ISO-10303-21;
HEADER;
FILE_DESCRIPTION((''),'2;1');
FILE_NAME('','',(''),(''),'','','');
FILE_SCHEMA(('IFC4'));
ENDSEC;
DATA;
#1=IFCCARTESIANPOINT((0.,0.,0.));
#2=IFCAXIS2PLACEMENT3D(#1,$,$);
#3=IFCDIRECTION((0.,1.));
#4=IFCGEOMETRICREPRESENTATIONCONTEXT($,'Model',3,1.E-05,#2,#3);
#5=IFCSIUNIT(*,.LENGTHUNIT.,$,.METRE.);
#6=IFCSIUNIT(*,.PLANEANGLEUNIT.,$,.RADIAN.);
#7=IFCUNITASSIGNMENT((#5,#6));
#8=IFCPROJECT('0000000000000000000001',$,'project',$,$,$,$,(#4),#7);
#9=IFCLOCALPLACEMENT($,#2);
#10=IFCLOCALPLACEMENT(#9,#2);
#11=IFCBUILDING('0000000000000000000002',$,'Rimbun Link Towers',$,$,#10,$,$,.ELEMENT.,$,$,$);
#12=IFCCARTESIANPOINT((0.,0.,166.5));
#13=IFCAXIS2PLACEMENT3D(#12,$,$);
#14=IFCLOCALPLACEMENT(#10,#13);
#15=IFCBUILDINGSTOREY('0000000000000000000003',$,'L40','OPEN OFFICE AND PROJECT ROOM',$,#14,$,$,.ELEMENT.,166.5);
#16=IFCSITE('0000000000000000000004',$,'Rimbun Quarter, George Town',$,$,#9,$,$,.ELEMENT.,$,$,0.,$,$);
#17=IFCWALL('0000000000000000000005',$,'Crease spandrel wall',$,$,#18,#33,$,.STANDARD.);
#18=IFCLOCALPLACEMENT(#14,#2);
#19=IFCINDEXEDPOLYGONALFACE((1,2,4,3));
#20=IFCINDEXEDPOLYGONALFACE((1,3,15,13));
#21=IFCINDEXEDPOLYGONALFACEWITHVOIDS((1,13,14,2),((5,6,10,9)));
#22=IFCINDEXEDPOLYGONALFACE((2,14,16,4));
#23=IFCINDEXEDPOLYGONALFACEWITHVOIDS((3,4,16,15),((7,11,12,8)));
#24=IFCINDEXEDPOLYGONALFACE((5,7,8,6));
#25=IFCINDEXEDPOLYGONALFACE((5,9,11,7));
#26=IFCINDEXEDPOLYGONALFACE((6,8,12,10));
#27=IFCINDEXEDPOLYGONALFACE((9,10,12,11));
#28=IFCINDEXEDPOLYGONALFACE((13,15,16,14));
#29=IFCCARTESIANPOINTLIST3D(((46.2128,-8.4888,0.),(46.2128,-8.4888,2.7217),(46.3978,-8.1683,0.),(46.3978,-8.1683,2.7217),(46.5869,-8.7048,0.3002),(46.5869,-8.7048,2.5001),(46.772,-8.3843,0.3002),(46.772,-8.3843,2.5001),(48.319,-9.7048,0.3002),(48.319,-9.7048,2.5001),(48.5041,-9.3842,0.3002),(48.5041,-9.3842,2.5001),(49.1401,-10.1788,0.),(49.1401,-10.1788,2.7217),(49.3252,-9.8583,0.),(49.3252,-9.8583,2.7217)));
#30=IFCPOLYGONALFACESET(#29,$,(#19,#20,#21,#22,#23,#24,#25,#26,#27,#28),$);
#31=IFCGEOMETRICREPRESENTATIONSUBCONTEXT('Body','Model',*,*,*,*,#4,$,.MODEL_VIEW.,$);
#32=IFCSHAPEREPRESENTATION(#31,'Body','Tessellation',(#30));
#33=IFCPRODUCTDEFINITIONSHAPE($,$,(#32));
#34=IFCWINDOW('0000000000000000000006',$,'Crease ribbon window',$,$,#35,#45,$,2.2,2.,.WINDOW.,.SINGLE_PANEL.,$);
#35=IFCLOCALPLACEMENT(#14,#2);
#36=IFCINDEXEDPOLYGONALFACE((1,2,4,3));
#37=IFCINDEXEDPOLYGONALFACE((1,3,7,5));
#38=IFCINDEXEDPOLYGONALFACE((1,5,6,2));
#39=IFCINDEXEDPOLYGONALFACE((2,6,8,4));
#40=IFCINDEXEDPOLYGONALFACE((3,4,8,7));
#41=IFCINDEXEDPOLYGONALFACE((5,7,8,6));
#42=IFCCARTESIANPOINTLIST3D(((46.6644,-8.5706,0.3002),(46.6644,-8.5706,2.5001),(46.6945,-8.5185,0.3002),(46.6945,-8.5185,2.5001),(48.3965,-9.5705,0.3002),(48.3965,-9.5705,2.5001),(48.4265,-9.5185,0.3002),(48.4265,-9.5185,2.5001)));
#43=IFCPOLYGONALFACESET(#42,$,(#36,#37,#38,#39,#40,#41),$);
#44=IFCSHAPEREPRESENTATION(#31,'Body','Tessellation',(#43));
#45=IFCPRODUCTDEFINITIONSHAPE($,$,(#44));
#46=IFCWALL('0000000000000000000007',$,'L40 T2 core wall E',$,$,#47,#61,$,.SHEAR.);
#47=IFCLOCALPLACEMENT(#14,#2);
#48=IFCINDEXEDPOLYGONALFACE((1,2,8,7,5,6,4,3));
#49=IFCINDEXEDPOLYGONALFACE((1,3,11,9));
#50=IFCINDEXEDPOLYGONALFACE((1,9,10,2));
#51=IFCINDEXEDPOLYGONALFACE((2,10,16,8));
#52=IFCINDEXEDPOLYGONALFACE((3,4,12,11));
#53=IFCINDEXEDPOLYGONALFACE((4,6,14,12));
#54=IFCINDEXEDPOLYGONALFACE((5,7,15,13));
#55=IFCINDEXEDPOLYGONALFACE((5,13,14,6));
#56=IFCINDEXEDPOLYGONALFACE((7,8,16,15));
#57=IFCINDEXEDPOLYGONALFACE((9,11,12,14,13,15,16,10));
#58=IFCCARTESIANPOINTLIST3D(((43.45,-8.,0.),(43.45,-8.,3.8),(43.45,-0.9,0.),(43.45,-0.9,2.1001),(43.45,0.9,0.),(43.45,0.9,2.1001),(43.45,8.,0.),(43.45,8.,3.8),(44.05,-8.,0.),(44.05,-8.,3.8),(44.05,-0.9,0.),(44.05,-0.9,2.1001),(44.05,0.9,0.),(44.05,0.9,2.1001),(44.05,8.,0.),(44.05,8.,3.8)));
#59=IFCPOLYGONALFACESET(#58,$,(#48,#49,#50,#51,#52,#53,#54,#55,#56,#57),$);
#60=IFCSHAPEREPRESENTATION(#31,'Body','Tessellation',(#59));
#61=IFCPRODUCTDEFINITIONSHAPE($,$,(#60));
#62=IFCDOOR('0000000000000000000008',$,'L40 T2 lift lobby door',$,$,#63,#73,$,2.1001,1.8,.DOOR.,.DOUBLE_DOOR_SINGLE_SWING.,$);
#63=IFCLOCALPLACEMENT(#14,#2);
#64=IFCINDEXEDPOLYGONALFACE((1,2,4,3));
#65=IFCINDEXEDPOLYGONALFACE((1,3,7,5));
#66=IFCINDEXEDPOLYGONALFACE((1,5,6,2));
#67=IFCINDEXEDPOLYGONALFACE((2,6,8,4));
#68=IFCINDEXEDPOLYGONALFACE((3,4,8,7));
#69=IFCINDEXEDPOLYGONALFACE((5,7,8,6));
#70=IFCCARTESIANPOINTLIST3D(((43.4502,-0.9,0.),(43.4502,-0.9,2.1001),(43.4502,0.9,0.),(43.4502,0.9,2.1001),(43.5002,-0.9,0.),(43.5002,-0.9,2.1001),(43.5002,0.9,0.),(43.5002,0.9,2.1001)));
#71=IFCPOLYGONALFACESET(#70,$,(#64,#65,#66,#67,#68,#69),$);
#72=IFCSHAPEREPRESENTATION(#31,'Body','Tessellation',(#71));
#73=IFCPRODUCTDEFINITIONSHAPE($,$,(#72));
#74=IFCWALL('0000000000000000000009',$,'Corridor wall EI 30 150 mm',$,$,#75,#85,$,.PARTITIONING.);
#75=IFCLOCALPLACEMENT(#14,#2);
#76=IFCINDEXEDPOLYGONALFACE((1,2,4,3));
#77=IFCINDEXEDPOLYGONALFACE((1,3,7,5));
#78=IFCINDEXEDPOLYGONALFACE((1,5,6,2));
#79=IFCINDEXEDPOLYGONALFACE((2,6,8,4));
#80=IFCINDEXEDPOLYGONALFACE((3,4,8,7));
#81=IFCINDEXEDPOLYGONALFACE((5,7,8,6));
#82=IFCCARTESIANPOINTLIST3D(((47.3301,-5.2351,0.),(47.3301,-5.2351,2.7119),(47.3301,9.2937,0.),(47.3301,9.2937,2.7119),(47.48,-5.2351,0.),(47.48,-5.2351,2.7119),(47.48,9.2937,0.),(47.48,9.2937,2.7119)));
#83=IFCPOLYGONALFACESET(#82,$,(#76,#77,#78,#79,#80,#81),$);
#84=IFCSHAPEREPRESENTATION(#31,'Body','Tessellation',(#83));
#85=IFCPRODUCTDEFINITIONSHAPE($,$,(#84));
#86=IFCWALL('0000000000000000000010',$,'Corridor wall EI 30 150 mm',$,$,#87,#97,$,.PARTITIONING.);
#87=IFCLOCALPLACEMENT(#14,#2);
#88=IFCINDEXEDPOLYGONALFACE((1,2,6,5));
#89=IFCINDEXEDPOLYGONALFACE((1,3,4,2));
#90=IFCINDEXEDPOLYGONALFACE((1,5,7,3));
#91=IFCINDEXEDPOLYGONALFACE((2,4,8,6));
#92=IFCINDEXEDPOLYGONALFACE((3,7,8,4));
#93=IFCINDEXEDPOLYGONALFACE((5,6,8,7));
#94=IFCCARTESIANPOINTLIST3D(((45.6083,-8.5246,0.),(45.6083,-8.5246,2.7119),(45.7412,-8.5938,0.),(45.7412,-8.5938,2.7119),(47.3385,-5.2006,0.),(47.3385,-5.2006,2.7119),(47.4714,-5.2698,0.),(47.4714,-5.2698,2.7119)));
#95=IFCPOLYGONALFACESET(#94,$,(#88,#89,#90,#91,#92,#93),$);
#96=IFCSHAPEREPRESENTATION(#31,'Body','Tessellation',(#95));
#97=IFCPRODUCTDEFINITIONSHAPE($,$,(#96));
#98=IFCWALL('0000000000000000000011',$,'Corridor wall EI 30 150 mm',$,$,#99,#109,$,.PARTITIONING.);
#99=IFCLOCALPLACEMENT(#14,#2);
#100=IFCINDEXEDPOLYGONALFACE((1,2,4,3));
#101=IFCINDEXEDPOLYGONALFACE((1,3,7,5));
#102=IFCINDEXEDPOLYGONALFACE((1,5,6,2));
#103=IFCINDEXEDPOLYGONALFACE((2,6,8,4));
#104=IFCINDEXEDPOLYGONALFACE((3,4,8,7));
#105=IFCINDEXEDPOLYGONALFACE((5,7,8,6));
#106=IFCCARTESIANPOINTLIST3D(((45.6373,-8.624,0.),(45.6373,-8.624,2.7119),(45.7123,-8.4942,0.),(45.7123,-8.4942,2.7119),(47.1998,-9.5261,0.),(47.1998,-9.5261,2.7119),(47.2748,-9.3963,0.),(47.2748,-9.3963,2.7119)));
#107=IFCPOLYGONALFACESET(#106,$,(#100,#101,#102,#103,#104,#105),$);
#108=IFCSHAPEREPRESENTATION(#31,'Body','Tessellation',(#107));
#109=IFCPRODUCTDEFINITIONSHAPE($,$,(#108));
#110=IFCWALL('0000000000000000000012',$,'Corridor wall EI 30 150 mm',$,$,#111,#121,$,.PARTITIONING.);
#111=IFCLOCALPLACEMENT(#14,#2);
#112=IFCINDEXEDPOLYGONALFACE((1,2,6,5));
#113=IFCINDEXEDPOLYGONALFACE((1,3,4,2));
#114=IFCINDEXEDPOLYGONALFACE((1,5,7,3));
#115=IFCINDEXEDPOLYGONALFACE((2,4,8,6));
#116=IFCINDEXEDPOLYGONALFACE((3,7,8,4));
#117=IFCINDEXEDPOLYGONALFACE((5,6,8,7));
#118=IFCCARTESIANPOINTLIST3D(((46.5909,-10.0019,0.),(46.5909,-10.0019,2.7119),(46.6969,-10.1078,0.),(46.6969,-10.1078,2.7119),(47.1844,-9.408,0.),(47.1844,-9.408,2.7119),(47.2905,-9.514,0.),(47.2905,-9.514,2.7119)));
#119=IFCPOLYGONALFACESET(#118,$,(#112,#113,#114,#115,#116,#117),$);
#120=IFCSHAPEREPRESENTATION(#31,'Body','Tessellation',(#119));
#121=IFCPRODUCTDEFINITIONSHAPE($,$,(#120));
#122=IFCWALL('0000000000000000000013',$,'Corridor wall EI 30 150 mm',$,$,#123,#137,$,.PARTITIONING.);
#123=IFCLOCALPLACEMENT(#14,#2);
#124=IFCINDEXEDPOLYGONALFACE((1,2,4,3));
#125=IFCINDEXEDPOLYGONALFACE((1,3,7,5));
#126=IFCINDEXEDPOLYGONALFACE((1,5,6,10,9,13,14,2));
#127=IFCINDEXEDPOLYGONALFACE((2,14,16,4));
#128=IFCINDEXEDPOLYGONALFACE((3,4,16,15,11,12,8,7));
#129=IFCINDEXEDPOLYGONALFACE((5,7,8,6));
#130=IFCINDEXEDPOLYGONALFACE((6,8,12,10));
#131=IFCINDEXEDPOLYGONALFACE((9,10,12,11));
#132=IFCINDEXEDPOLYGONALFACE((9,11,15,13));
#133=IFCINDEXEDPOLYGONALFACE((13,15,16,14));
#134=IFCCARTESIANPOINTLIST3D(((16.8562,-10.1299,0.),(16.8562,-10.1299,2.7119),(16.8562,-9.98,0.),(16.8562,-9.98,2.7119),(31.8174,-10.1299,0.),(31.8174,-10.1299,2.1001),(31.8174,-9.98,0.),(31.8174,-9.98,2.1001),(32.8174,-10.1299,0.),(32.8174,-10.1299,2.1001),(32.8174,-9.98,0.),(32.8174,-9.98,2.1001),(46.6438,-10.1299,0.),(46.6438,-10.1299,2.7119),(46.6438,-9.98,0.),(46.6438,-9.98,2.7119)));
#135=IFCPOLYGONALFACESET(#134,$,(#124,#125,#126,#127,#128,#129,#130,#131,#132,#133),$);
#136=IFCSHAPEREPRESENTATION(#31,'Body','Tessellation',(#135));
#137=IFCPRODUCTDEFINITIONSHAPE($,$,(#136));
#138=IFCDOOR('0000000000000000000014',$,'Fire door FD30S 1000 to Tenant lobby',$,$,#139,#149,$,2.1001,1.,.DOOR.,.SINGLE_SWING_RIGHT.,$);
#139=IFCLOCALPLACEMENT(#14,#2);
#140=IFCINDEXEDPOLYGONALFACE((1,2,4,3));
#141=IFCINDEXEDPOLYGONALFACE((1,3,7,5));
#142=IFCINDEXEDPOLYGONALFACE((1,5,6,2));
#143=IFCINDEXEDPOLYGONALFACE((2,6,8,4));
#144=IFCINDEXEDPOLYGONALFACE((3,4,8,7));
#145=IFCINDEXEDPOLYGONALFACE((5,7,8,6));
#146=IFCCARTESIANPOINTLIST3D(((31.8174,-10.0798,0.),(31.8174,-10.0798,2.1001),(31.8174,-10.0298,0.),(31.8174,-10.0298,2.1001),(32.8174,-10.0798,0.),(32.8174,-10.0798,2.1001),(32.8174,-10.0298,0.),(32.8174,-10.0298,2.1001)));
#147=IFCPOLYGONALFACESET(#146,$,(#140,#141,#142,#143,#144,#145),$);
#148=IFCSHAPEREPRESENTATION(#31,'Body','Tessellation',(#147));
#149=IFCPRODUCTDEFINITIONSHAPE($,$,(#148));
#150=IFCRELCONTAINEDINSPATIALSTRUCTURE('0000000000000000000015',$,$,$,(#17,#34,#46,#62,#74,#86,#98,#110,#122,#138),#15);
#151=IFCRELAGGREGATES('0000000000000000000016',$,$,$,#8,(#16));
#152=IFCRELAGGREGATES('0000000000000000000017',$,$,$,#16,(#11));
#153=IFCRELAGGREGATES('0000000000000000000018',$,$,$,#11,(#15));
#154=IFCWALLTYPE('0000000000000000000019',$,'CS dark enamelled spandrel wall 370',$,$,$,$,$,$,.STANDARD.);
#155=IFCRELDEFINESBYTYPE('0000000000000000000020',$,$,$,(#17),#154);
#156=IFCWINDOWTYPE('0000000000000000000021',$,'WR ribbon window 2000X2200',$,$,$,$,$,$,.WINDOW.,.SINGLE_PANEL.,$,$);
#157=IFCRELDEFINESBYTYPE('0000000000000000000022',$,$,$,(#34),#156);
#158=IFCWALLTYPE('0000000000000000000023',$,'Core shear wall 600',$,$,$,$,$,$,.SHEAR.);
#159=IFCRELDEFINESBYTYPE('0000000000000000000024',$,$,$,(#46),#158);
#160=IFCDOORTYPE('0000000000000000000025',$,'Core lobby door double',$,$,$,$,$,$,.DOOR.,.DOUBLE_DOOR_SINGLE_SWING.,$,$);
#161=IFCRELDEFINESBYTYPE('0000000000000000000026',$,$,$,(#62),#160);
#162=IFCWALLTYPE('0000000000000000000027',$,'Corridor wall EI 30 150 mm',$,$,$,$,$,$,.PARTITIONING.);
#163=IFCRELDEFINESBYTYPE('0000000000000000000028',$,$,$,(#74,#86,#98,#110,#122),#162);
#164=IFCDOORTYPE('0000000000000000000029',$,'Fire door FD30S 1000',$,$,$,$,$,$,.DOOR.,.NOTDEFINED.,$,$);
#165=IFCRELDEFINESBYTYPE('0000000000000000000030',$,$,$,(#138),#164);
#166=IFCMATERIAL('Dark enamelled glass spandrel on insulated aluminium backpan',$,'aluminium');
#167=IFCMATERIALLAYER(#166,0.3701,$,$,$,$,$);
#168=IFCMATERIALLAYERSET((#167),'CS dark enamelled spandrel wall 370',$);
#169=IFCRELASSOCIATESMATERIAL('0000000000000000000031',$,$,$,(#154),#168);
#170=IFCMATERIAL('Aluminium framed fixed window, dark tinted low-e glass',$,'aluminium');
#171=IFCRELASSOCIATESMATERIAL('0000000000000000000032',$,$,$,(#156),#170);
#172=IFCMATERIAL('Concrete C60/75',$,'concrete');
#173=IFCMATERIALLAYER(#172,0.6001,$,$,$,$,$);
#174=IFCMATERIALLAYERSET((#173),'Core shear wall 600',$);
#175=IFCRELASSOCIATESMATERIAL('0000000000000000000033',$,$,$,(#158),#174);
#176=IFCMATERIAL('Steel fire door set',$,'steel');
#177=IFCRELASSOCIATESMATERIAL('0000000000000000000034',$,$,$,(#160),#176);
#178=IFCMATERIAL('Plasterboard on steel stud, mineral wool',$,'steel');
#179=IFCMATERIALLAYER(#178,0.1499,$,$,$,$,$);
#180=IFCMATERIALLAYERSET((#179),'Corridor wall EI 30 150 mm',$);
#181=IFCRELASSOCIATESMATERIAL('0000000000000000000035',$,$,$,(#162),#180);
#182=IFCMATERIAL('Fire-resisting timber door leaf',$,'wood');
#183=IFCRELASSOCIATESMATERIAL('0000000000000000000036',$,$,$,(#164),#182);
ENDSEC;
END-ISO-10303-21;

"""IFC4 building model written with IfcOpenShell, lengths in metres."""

from ifc_helpers import new_model, si_unit, direction, frame, frame_2d, origin, place, context, subcontext, project, spatial, rectangle, extrude, material, layer, layer_set, type_object, element, fill, save


model = new_model("IFC4")

# Units and contexts
model_context = context("Model", 3, precision=1e-05, world=origin(), true_north=direction((0.0, 1.0)))
body_context = subcontext(model_context, "Body", "Model", "MODEL_VIEW")
ifc_project = project(units=[si_unit("LENGTHUNIT", "METRE"), si_unit("PLANEANGLEUNIT", "RADIAN")], contexts=[model_context])

# Site, building, storey
site_placement = place(None, origin())
site = spatial("IfcSite", under=ifc_project, at=site_placement, Name="Rimbun Quarter, George Town", CompositionType="ELEMENT", RefElevation=0.0)
building_placement = place(site_placement, origin())
building = spatial("IfcBuilding", under=site, at=building_placement, Name="Rimbun Link Towers", CompositionType="ELEMENT")
storey_placement = place(building_placement, frame((0.0, 0.0, 166.5)))
storey = spatial("IfcBuildingStorey", under=building, at=storey_placement, Name="L40", Description="OPEN OFFICE AND PROJECT ROOM", CompositionType="ELEMENT", Elevation=166.5)

# Wall, opening, window
ifc_material_1 = material(Name="Dark enamelled glass spandrel on insulated aluminium backpan", Category="aluminium")
ifc_layer_1 = layer(ifc_material_1, 0.3701)
ifc_layer_set_1 = layer_set([ifc_layer_1], Name="CS dark enamelled spandrel wall 370")
wall_type_1 = type_object("IfcWallType", Name="CS dark enamelled spandrel wall 370", PredefinedType="STANDARD", material=ifc_layer_set_1)
wall_1_placement = place(storey_placement, frame((46.3054, -8.3286, 0.0), z_axis=(0.0, 0.0, 1.0), x_axis=(0.866039, -0.499977, 0.0)))
wall_1 = element("IfcWall", 1, at=wall_1_placement, inside=storey, type_object=wall_type_1, Name="Crease spandrel wall", PredefinedType="STANDARD", context=body_context, shape_type="SweptSolid", body=[
    extrude(rectangle(XDim=3.3801, YDim=0.3701, at=frame_2d((1.6899, 0.0))), origin(), (0.0, 0.0, 1.0), 2.7217),
])
opening_1_placement = place(wall_1_placement, frame((0.4319, 0.0, 0.3)))
opening_1 = element("IfcOpeningElement", 2, at=opening_1_placement, cuts=wall_1, PredefinedType="OPENING", context=body_context, shape_type="SweptSolid", body=[
    extrude(rectangle(XDim=2.0, YDim=2.2, at=frame_2d((1.0, 1.1001))), frame((0.0, 0.1951, 0.0), z_axis=(0.0, -1.0, 0.0), x_axis=(1.0, 0.0, 0.0)), (0.0, 0.0, 1.0), 0.3901),
])
ifc_material_2 = material(Name="Aluminium framed fixed window, dark tinted low-e glass", Category="aluminium")
window_type_1 = type_object("IfcWindowType", Name="WR ribbon window 2000X2200", PartitioningType="SINGLE_PANEL", PredefinedType="WINDOW", material=ifc_material_2)
window_1_placement = place(opening_1_placement, origin())
window_1 = element("IfcWindow", 3, at=window_1_placement, inside=storey, type_object=window_type_1, Name="Crease ribbon window", OverallHeight=2.2, OverallWidth=2.0, PartitioningType="SINGLE_PANEL", PredefinedType="WINDOW", context=body_context, shape_type="SweptSolid", body=[
    extrude(rectangle(XDim=2.0, YDim=2.2, at=frame_2d((1.0, 1.1001))), frame((0.0, 0.03, 0.0), z_axis=(0.0, -1.0, 0.0), x_axis=(1.0, 0.0, 0.0)), (0.0, 0.0, 1.0), 0.0601),
])
fill(opening_1, window_1)

# Wall, opening, door
ifc_material_3 = material(Name="Concrete C60/75", Category="concrete")
ifc_layer_2 = layer(ifc_material_3, 0.6001)
ifc_layer_set_2 = layer_set([ifc_layer_2], Name="Core shear wall 600")
wall_type_2 = type_object("IfcWallType", Name="Core shear wall 600", PredefinedType="SHEAR", material=ifc_layer_set_2)
wall_2_placement = place(storey_placement, frame((43.75, -8.0, 0.0), z_axis=(0.0, 0.0, 1.0), x_axis=(0.0, 1.0, 0.0)))
wall_2 = element("IfcWall", 4, at=wall_2_placement, inside=storey, type_object=wall_type_2, Name="L40 T2 core wall E", PredefinedType="SHEAR", context=body_context, shape_type="SweptSolid", body=[
    extrude(rectangle(XDim=16.0, YDim=0.6001, at=frame_2d((8.0, 0.0))), origin(), (0.0, 0.0, 1.0), 3.8),
])
opening_2_placement = place(wall_2_placement, frame((7.1001, 0.0, 0.0)))
opening_2 = element("IfcOpeningElement", 5, at=opening_2_placement, cuts=wall_2, PredefinedType="OPENING", context=body_context, shape_type="SweptSolid", body=[
    extrude(rectangle(XDim=1.8, YDim=2.1001, at=frame_2d((0.8999, 1.05))), frame((0.0, 0.3101, 0.0), z_axis=(0.0, -1.0, 0.0), x_axis=(1.0, 0.0, 0.0)), (0.0, 0.0, 1.0), 0.6201),
])
ifc_material_4 = material(Name="Steel fire door set", Category="steel")
door_type_1 = type_object("IfcDoorType", Name="Core lobby door double", OperationType="DOUBLE_DOOR_SINGLE_SWING", PredefinedType="DOOR", material=ifc_material_4)
door_1_placement = place(opening_2_placement, origin())
door_1 = element("IfcDoor", 6, at=door_1_placement, inside=storey, type_object=door_type_1, Name="L40 T2 lift lobby door", OperationType="DOUBLE_DOOR_SINGLE_SWING", OverallHeight=2.1001, OverallWidth=1.8, PredefinedType="DOOR", context=body_context, shape_type="SweptSolid", body=[
    extrude(rectangle(XDim=1.8, YDim=2.1001, at=frame_2d((0.8999, 1.05))), frame((0.0, 0.2998, 0.0), z_axis=(0.0, -1.0, 0.0), x_axis=(1.0, 0.0, 0.0)), (0.0, 0.0, 1.0), 0.05),
])
fill(opening_2, door_1)

# Walls
ifc_material_5 = material(Name="Plasterboard on steel stud, mineral wool", Category="steel")
ifc_layer_3 = layer(ifc_material_5, 0.1499)
ifc_layer_set_3 = layer_set([ifc_layer_3], Name="Corridor wall EI 30 150 mm")
wall_type_3 = type_object("IfcWallType", Name="Corridor wall EI 30 150 mm", PredefinedType="PARTITIONING", material=ifc_layer_set_3)
wall_3_placement = place(storey_placement, frame((47.405, -5.2351, 0.0), z_axis=(0.0, 0.0, 1.0), x_axis=(0.0, 1.0, 0.0)))
element("IfcWall", 7, at=wall_3_placement, inside=storey, type_object=wall_type_3, Name="Corridor wall EI 30 150 mm", PredefinedType="PARTITIONING", context=body_context, shape_type="SweptSolid", body=[
    extrude(rectangle(XDim=14.5288, YDim=0.1499, at=frame_2d((7.2644, 0.0))), origin(), (0.0, 0.0, 1.0), 2.7119),
])
wall_4_placement = place(storey_placement, frame((45.6748, -8.5591, 0.0), z_axis=(0.0, 0.0, 1.0), x_axis=(0.461722, 0.887025, 0.0)))
element("IfcWall", 8, at=wall_4_placement, inside=storey, type_object=wall_type_3, Name="Corridor wall EI 30 150 mm", PredefinedType="PARTITIONING", context=body_context, shape_type="SweptSolid", body=[
    extrude(rectangle(XDim=3.7473, YDim=0.1499, at=frame_2d((1.8735, 0.0))), origin(), (0.0, 0.0, 1.0), 2.7119),
])
wall_5_placement = place(storey_placement, frame((47.2373, -9.4612, 0.0), z_axis=(0.0, 0.0, 1.0), x_axis=(-0.866028, 0.499996, 0.0)))
element("IfcWall", 9, at=wall_5_placement, inside=storey, type_object=wall_type_3, Name="Corridor wall EI 30 150 mm", PredefinedType="PARTITIONING", context=body_context, shape_type="SweptSolid", body=[
    extrude(rectangle(XDim=1.8042, YDim=0.1499, at=frame_2d((0.9021, 0.0))), origin(), (0.0, 0.0, 1.0), 2.7119),
])
wall_6_placement = place(storey_placement, frame((46.6438, -10.0549, 0.0), z_axis=(0.0, 0.0, 1.0), x_axis=(0.706961, 0.707252, 0.0)))
element("IfcWall", 10, at=wall_6_placement, inside=storey, type_object=wall_type_3, Name="Corridor wall EI 30 150 mm", PredefinedType="PARTITIONING", context=body_context, shape_type="SweptSolid", body=[
    extrude(rectangle(XDim=0.8396, YDim=0.1499, at=frame_2d((0.4199, 0.0))), origin(), (0.0, 0.0, 1.0), 2.7119),
])

# Wall, opening, door
wall_7_placement = place(storey_placement, frame((46.6438, -10.0549, 0.0), z_axis=(0.0, 0.0, 1.0), x_axis=(-1.0, 0.0, 0.0)))
wall_7 = element("IfcWall", 11, at=wall_7_placement, inside=storey, type_object=wall_type_3, Name="Corridor wall EI 30 150 mm", PredefinedType="PARTITIONING", context=body_context, shape_type="SweptSolid", body=[
    extrude(rectangle(XDim=29.7876, YDim=0.1499, at=frame_2d((14.8938, 0.0))), origin(), (0.0, 0.0, 1.0), 2.7119),
])
opening_3_placement = place(wall_7_placement, frame((13.8264, 0.0, 0.0)))
opening_3 = element("IfcOpeningElement", 12, at=opening_3_placement, cuts=wall_7, PredefinedType="OPENING", context=body_context, shape_type="SweptSolid", body=[
    extrude(rectangle(XDim=1.0, YDim=2.1001, at=frame_2d((0.5, 1.05))), frame((0.0, 0.085, 0.0), z_axis=(0.0, -1.0, 0.0), x_axis=(1.0, 0.0, 0.0)), (0.0, 0.0, 1.0), 0.1699),
])
ifc_material_6 = material(Name="Fire-resisting timber door leaf", Category="wood")
door_type_2 = type_object("IfcDoorType", Name="Fire door FD30S 1000", OperationType="NOTDEFINED", PredefinedType="DOOR", material=ifc_material_6)
door_2_placement = place(opening_3_placement, origin())
door_2 = element("IfcDoor", 13, at=door_2_placement, inside=storey, type_object=door_type_2, Name="Fire door FD30S 1000 to Tenant lobby", OperationType="SINGLE_SWING_RIGHT", OverallHeight=2.1001, OverallWidth=1.0, PredefinedType="DOOR", context=body_context, shape_type="SweptSolid", body=[
    extrude(rectangle(XDim=1.0, YDim=2.1001, at=frame_2d((0.5, 1.05))), frame((0.0, 0.0249, 0.0), z_axis=(0.0, -1.0, 0.0), x_axis=(1.0, 0.0, 0.0)), (0.0, 0.0, 1.0), 0.05),
])
fill(opening_3, door_2)

save(model, "model.ifc")
